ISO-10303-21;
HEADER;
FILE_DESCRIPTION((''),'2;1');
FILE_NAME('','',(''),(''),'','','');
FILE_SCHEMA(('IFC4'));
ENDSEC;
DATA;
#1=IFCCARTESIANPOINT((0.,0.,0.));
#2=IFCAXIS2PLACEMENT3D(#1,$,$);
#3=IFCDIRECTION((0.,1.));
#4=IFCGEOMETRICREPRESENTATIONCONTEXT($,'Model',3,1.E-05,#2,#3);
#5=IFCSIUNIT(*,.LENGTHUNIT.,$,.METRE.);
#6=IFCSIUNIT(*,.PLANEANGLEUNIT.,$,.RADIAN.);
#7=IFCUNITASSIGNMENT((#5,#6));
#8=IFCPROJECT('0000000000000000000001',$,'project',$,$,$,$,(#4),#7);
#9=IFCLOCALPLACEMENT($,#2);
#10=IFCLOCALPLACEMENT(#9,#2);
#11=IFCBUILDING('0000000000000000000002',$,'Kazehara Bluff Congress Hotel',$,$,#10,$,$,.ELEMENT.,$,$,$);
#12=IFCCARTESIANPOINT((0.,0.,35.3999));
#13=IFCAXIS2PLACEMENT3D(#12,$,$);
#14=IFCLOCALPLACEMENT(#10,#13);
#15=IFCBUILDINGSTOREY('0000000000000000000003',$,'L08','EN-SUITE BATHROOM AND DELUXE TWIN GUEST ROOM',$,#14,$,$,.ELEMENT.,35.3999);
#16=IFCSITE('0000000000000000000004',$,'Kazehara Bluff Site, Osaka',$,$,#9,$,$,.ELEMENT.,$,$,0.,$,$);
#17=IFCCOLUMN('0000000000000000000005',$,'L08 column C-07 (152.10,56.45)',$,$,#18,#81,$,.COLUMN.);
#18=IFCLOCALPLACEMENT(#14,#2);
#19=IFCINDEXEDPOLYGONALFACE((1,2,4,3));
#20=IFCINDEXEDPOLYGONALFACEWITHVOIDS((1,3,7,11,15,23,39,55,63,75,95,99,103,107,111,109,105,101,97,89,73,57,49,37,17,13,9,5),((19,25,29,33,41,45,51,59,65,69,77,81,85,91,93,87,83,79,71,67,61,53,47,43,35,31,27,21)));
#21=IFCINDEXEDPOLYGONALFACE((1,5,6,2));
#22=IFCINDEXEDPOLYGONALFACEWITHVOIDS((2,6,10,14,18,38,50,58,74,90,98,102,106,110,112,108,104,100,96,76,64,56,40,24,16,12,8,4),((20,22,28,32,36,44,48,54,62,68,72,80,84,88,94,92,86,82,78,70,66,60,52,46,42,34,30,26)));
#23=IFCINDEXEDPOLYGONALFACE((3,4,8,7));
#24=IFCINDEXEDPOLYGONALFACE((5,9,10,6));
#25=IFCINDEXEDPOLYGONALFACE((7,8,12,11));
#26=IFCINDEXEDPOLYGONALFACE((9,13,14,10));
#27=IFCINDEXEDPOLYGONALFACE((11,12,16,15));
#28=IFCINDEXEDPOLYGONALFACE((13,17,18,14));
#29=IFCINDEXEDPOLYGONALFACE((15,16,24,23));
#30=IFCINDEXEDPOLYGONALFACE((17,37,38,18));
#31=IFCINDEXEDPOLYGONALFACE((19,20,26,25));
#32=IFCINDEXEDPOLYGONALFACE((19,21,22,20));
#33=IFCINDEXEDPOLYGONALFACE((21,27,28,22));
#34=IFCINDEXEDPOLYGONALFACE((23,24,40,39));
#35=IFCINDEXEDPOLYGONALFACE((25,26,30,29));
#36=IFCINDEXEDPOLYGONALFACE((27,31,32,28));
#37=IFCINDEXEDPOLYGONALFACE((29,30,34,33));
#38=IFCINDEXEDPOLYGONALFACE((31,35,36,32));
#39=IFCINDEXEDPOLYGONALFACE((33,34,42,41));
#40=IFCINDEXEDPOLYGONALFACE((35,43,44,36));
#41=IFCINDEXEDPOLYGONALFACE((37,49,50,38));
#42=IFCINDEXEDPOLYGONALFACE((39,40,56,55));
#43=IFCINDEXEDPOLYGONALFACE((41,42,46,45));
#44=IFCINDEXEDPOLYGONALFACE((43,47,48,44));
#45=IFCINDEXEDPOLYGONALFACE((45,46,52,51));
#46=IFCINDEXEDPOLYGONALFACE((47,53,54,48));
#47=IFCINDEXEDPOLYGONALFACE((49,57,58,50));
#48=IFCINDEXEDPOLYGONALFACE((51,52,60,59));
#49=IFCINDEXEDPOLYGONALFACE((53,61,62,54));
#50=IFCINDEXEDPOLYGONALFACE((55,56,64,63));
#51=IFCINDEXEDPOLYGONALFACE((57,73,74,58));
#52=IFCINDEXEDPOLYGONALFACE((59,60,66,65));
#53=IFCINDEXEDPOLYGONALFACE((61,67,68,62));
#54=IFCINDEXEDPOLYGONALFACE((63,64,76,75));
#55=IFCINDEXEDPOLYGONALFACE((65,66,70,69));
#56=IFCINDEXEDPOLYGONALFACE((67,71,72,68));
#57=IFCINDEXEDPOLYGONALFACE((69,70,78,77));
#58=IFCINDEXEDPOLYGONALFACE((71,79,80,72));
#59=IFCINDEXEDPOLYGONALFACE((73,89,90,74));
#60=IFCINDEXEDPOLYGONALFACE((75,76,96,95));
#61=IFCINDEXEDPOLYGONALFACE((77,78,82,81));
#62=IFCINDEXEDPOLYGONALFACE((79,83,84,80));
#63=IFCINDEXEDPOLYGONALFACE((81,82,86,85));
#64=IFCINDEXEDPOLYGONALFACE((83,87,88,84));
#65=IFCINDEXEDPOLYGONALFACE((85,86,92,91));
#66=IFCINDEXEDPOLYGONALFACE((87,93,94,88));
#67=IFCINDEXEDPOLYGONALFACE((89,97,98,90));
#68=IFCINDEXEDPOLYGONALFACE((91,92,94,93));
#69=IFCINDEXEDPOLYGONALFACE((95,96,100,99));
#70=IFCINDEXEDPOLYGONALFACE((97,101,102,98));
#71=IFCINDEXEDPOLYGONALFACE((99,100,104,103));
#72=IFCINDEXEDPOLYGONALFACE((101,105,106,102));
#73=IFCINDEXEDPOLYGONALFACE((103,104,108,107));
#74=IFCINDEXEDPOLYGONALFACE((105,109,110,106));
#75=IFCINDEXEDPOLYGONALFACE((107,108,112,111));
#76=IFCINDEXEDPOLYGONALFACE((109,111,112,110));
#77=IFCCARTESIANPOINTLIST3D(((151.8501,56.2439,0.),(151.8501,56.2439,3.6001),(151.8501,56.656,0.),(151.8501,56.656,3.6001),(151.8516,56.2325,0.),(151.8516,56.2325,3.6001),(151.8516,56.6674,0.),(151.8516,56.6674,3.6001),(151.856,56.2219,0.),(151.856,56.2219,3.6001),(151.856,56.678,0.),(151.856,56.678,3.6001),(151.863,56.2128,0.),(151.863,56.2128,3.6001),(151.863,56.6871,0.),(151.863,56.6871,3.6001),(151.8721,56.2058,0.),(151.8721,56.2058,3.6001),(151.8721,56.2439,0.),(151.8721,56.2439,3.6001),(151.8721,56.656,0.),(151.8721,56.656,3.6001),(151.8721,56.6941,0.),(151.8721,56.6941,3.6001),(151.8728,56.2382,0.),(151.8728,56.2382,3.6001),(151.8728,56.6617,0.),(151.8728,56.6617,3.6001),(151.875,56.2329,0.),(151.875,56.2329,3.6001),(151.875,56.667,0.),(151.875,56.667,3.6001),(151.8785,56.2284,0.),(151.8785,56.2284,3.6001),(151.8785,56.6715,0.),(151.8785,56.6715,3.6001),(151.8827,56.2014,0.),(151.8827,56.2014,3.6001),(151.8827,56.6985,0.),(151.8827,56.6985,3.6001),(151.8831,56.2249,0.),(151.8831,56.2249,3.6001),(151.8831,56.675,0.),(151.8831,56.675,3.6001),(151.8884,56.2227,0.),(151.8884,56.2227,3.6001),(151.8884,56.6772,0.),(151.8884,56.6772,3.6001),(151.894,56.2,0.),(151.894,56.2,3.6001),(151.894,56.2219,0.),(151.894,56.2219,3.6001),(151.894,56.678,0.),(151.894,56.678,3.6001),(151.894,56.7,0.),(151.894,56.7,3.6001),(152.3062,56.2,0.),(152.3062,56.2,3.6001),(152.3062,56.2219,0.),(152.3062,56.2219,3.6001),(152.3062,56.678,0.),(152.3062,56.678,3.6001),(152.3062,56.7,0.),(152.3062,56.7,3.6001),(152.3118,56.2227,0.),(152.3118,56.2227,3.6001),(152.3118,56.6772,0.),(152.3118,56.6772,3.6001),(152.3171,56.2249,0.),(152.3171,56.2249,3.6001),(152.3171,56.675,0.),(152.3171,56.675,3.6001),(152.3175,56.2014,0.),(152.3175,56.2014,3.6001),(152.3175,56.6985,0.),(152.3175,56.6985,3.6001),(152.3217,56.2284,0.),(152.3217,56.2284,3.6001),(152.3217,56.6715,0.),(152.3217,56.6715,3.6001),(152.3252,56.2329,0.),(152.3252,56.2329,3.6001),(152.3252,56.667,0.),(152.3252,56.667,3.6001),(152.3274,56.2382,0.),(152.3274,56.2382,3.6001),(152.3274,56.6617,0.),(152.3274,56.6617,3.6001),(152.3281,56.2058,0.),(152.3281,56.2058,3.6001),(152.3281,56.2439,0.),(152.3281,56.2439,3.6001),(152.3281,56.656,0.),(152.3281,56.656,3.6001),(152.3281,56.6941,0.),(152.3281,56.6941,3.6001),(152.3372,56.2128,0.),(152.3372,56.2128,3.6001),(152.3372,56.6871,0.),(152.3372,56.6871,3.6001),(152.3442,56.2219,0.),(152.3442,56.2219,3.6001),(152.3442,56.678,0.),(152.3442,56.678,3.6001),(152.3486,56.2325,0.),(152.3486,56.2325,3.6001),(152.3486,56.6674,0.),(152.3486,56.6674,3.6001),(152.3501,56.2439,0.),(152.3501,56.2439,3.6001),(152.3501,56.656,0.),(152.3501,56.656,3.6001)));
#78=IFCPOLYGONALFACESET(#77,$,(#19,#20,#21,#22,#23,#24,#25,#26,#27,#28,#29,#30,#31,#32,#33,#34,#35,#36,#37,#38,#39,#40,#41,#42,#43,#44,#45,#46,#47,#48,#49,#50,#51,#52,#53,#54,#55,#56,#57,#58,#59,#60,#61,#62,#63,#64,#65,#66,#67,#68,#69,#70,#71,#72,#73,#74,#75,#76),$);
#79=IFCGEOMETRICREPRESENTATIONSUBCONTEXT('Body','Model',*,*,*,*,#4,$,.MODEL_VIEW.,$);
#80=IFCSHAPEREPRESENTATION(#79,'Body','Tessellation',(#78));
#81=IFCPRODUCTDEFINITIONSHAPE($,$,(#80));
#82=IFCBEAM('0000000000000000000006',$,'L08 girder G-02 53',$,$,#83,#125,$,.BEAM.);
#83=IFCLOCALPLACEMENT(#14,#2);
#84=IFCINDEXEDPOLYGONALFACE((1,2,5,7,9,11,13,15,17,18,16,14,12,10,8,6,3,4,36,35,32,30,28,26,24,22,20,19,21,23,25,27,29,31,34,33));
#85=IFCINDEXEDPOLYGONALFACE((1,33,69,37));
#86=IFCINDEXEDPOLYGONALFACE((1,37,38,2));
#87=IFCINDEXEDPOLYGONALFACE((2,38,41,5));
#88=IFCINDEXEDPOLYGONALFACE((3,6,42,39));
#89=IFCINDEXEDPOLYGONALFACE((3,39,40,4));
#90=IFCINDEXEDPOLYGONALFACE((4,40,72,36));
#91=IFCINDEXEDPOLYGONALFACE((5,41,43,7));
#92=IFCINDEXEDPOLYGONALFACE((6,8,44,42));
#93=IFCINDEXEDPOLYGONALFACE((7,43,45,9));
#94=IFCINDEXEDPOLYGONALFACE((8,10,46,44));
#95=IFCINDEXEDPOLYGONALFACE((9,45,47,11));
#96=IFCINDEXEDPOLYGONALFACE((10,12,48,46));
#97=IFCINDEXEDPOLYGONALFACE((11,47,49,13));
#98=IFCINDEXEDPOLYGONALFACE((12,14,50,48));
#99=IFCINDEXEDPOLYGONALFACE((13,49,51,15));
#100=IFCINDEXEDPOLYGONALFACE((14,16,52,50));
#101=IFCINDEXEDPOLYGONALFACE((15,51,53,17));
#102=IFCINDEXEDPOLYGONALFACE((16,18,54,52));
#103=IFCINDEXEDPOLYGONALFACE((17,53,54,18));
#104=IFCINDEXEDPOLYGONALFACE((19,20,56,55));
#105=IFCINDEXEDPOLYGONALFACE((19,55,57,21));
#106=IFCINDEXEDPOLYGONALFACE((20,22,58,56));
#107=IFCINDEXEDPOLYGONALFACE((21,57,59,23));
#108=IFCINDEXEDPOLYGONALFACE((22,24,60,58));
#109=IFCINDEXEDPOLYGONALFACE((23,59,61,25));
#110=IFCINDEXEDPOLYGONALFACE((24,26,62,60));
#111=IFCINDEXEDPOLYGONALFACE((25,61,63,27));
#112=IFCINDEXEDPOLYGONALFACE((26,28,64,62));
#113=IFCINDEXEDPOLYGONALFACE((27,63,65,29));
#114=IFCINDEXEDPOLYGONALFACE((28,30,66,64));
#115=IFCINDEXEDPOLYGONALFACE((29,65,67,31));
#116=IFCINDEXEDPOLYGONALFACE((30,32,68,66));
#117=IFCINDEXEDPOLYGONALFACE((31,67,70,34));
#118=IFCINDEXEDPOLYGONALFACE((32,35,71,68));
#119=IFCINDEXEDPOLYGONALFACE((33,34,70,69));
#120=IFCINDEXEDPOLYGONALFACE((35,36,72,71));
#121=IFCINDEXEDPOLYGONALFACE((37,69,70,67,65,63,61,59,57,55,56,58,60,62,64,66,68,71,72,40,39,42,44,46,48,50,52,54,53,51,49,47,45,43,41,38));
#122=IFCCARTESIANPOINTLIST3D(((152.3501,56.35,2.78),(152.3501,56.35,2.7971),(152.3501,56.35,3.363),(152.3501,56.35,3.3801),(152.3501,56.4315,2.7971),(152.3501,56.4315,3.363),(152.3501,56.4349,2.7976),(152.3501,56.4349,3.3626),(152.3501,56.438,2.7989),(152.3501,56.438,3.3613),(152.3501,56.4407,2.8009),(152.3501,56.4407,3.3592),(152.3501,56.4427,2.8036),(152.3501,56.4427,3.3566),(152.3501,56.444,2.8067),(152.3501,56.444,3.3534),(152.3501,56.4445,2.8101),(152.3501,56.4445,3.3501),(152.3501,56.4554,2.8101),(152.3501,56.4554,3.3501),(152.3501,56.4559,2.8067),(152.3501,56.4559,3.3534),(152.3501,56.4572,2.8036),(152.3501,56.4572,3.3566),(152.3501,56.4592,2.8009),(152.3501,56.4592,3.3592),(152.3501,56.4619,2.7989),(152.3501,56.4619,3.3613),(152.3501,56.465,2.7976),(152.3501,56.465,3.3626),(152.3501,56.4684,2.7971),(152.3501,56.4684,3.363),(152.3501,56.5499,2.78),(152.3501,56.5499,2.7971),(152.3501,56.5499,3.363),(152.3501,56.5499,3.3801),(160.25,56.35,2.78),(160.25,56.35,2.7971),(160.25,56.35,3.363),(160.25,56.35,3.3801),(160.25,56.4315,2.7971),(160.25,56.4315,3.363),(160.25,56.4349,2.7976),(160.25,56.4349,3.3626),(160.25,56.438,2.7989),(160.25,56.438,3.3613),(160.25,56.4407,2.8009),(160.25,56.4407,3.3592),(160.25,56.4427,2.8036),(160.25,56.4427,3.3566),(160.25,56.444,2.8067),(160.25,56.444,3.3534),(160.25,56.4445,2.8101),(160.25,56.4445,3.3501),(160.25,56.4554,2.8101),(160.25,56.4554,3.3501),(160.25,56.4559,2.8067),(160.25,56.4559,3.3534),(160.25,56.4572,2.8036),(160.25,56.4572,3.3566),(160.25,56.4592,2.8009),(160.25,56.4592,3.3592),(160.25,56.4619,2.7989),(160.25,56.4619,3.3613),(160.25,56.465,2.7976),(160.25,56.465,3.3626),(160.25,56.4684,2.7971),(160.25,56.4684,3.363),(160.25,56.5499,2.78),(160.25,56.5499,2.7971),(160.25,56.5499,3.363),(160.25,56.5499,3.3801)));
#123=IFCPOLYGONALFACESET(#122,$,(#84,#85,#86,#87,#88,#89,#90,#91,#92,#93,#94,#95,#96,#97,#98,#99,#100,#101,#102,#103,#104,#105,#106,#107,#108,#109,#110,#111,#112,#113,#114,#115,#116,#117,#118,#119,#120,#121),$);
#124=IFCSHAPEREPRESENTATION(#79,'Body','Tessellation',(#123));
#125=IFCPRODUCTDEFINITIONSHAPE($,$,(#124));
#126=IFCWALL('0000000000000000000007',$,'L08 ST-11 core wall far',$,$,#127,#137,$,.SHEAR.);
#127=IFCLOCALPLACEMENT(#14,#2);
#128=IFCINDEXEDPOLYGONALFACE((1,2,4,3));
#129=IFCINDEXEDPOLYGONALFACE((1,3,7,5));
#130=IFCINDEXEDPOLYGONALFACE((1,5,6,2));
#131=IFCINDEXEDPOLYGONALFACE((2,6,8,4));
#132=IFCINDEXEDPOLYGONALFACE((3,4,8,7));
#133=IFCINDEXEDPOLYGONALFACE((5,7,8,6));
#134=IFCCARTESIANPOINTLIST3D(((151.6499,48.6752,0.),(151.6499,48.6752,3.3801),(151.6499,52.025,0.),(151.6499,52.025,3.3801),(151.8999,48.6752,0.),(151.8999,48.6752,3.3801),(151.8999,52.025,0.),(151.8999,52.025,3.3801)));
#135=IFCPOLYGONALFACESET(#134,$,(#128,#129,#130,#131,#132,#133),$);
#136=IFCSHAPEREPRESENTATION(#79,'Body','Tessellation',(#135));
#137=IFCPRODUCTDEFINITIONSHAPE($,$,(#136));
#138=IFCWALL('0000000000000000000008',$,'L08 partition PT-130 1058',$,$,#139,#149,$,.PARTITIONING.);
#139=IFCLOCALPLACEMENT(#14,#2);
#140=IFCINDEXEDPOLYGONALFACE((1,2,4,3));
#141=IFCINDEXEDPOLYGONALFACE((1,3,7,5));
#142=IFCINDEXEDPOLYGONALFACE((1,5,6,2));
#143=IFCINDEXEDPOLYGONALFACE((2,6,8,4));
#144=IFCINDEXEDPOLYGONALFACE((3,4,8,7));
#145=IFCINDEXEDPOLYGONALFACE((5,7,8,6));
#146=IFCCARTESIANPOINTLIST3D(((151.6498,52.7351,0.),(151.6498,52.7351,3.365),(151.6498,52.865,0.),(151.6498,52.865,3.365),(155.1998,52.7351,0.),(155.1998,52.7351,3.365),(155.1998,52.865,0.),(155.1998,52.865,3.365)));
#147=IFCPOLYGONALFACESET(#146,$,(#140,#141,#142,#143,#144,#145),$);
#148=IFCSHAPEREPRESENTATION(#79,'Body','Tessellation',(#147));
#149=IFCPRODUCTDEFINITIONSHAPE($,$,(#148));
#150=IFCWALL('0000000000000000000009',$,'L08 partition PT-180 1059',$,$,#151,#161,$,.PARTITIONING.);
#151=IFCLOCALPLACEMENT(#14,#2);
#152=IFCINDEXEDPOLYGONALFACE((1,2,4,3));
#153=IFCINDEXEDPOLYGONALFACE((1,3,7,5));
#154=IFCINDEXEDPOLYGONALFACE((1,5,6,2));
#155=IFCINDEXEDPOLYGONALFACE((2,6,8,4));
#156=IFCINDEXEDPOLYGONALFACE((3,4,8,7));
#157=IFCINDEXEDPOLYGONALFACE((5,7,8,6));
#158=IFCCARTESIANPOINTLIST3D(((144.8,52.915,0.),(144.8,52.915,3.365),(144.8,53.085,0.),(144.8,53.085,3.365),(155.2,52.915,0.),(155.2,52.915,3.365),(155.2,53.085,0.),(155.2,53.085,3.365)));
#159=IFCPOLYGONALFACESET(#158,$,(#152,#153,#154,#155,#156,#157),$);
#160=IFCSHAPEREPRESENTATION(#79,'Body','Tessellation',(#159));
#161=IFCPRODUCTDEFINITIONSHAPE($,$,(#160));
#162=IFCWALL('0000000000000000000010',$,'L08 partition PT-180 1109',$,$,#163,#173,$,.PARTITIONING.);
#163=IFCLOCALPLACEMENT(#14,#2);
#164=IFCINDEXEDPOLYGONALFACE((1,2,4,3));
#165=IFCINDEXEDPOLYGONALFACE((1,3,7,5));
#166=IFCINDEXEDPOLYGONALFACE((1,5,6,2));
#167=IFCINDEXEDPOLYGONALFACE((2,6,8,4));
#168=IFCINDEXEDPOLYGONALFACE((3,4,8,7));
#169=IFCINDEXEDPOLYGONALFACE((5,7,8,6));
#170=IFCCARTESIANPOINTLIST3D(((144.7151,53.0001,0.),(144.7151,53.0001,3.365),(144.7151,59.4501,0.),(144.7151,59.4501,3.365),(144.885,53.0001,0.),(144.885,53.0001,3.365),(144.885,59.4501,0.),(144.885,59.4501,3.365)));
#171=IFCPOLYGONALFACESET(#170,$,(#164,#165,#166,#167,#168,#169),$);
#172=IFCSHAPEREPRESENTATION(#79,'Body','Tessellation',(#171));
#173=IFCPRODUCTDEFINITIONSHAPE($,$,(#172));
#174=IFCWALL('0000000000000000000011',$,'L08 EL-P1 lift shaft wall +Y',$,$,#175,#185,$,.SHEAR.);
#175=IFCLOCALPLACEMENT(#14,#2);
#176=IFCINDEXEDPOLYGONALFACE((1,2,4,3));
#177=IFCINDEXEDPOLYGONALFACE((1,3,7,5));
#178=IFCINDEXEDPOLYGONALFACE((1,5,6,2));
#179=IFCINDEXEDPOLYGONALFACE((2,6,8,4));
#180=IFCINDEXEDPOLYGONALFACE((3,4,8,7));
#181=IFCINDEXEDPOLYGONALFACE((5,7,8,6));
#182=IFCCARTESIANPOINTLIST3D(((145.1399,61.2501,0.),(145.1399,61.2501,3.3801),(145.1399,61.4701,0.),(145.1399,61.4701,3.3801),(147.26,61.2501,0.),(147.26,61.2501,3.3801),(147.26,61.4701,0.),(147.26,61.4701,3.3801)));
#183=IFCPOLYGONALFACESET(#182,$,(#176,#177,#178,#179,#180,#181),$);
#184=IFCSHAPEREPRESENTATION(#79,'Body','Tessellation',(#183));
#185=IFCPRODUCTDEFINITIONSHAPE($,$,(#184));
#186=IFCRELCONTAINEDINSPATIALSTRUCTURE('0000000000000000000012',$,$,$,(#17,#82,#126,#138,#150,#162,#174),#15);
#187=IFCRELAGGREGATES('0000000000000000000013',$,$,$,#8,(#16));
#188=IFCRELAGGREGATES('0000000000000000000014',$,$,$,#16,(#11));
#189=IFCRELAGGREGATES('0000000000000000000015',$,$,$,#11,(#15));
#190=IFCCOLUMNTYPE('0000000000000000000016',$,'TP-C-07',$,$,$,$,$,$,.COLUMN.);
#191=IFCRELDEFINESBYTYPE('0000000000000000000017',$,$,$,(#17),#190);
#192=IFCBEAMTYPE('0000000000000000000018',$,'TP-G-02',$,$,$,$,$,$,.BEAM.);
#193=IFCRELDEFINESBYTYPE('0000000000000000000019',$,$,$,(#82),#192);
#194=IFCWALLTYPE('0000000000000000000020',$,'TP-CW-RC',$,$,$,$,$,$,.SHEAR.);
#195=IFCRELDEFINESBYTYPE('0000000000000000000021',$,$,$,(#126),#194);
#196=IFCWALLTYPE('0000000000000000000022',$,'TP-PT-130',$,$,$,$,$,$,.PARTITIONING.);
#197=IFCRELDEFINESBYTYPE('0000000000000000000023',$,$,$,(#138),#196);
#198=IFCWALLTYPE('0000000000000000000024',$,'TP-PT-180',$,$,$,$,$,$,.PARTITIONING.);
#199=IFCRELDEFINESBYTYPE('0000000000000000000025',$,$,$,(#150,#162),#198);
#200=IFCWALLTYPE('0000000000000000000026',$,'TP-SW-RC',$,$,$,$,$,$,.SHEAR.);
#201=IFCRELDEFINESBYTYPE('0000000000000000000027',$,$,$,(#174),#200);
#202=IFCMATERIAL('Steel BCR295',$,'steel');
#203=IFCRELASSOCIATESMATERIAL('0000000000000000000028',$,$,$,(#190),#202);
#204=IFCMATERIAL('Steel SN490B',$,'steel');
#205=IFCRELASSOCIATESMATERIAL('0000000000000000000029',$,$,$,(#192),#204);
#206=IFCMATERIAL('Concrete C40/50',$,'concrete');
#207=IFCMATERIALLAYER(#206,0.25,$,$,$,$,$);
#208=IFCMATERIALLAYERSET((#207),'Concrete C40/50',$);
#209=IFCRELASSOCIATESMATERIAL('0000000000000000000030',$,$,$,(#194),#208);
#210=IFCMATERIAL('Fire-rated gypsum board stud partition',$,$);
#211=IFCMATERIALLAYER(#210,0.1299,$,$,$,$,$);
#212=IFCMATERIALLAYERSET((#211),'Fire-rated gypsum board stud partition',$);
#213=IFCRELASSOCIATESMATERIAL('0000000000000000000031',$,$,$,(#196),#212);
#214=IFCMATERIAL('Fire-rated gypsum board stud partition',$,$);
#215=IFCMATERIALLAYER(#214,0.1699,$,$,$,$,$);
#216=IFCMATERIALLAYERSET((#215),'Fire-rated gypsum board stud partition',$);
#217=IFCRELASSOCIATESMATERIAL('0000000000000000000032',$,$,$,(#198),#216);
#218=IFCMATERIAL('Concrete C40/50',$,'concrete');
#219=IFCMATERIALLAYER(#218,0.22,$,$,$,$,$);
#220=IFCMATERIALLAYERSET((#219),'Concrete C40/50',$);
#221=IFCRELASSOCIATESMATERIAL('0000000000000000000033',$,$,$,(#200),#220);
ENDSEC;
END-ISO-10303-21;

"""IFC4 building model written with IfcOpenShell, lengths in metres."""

from ifc_helpers import new_model, si_unit, direction, frame, frame_2d, origin, origin_2d, place, context, subcontext, project, spatial, rectangle, hollow_rectangle, i_section, extrude, material, layer, layer_set, material_profile, profile_set, type_object, element, save


model = new_model("IFC4")

# Units and contexts
model_context = context("Model", 3, precision=1e-05, world=origin(), true_north=direction((0.0, 1.0)))
body_context = subcontext(model_context, "Body", "Model", "MODEL_VIEW")
ifc_project = project(units=[si_unit("LENGTHUNIT", "METRE"), si_unit("PLANEANGLEUNIT", "RADIAN")], contexts=[model_context])

# Site, building, storey
site_placement = place(None, origin())
site = spatial("IfcSite", under=ifc_project, at=site_placement, Name="Kazehara Bluff Site, Osaka", CompositionType="ELEMENT", RefElevation=0.0)
building_placement = place(site_placement, origin())
building = spatial("IfcBuilding", under=site, at=building_placement, Name="Kazehara Bluff Congress Hotel", CompositionType="ELEMENT")
storey_placement = place(building_placement, frame((0.0, 0.0, 35.3999)))
storey = spatial("IfcBuildingStorey", under=building, at=storey_placement, Name="L08", Description="EN-SUITE BATHROOM AND DELUXE TWIN GUEST ROOM", CompositionType="ELEMENT", Elevation=35.3999)

# Column
ifc_material_1 = material(Name="Steel BCR295", Category="steel")
ifc_material_profile_1 = material_profile(ifc_material_1, hollow_rectangle(XDim=0.5, YDim=0.5, WallThickness=0.022, InnerFilletRadius=0.022, OuterFilletRadius=0.0439, at=origin_2d()))
ifc_profile_set_1 = profile_set([ifc_material_profile_1], Name="Steel BCR295")
column_type = type_object("IfcColumnType", Name="TP-C-07", PredefinedType="COLUMN", material=ifc_profile_set_1)
column_placement = place(storey_placement, frame((152.1001, 56.45, 0.0), z_axis=(0.0, 0.0, 1.0), x_axis=(1.0, 0.0, 0.0)))
element("IfcColumn", 1, at=column_placement, inside=storey, type_object=column_type, Name="L08 column C-07 (152.10,56.45)", PredefinedType="COLUMN", context=body_context, shape_type="SweptSolid", body=[
    extrude(hollow_rectangle(XDim=0.5, YDim=0.5, WallThickness=0.022, InnerFilletRadius=0.022, OuterFilletRadius=0.0439, at=origin_2d()), origin(), (0.0, 0.0, 1.0), 3.6001),
])

# Beam
ifc_material_2 = material(Name="Steel SN490B", Category="steel")
ifc_material_profile_2 = material_profile(ifc_material_2, i_section(OverallWidth=0.2, OverallDepth=0.6001, WebThickness=0.011, FlangeThickness=0.0171, FilletRadius=0.0129, at=origin_2d()))
ifc_profile_set_2 = profile_set([ifc_material_profile_2], Name="Steel SN490B")
beam_type = type_object("IfcBeamType", Name="TP-G-02", PredefinedType="BEAM", material=ifc_profile_set_2)
beam_placement = place(storey_placement, frame((152.3501, 56.45, 3.0801), z_axis=(1.0, 0.0, 0.0), x_axis=(0.0, 1.0, 0.0)))
element("IfcBeam", 2, at=beam_placement, inside=storey, type_object=beam_type, Name="L08 girder G-02 53", PredefinedType="BEAM", context=body_context, shape_type="SweptSolid", body=[
    extrude(i_section(OverallWidth=0.2, OverallDepth=0.6001, WebThickness=0.011, FlangeThickness=0.0171, FilletRadius=0.0129, at=origin_2d()), origin(), (0.0, 0.0, 1.0), 7.8999),
])

# Walls
ifc_material_3 = material(Name="Concrete C40/50", Category="concrete")
ifc_layer_1 = layer(ifc_material_3, 0.25)
ifc_layer_set_1 = layer_set([ifc_layer_1], Name="Concrete C40/50")
wall_type_1 = type_object("IfcWallType", Name="TP-CW-RC", PredefinedType="SHEAR", material=ifc_layer_set_1)
wall_1_placement = place(storey_placement, frame((151.7749, 52.0249, 0.0), z_axis=(0.0, 0.0, 1.0), x_axis=(0.0, -1.0, 0.0)))
element("IfcWall", 3, at=wall_1_placement, inside=storey, type_object=wall_type_1, Name="L08 ST-11 core wall far", PredefinedType="SHEAR", context=body_context, shape_type="SweptSolid", body=[
    extrude(rectangle(XDim=3.3499, YDim=0.25, at=frame_2d((1.6748, 0.0))), origin(), (0.0, 0.0, 1.0), 3.3801),
])
ifc_material_4 = material(Name="Fire-rated gypsum board stud partition")
ifc_layer_2 = layer(ifc_material_4, 0.1299)
ifc_layer_set_2 = layer_set([ifc_layer_2], Name="Fire-rated gypsum board stud partition")
wall_type_2 = type_object("IfcWallType", Name="TP-PT-130", PredefinedType="PARTITIONING", material=ifc_layer_set_2)
wall_2_placement = place(storey_placement, frame((151.6499, 52.8, 0.0), z_axis=(0.0, 0.0, 1.0), x_axis=(1.0, 0.0, 0.0)))
element("IfcWall", 4, at=wall_2_placement, inside=storey, type_object=wall_type_2, Name="L08 partition PT-130 1058", PredefinedType="PARTITIONING", context=body_context, shape_type="SweptSolid", body=[
    extrude(rectangle(XDim=3.55, YDim=0.1299, at=frame_2d((1.7749, 0.0))), origin(), (0.0, 0.0, 1.0), 3.365),
])
ifc_material_5 = material(Name="Fire-rated gypsum board stud partition")
ifc_layer_3 = layer(ifc_material_5, 0.1699)
ifc_layer_set_3 = layer_set([ifc_layer_3], Name="Fire-rated gypsum board stud partition")
wall_type_3 = type_object("IfcWallType", Name="TP-PT-180", PredefinedType="PARTITIONING", material=ifc_layer_set_3)
wall_3_placement = place(storey_placement, frame((144.8, 53.0, 0.0), z_axis=(0.0, 0.0, 1.0), x_axis=(1.0, 0.0, 0.0)))
element("IfcWall", 5, at=wall_3_placement, inside=storey, type_object=wall_type_3, Name="L08 partition PT-180 1059", PredefinedType="PARTITIONING", context=body_context, shape_type="SweptSolid", body=[
    extrude(rectangle(XDim=10.3999, YDim=0.1699, at=frame_2d((5.2, 0.0))), origin(), (0.0, 0.0, 1.0), 3.365),
])
wall_4_placement = place(storey_placement, frame((144.8, 53.0, 0.0), z_axis=(0.0, 0.0, 1.0), x_axis=(0.0, 1.0, 0.0)))
element("IfcWall", 6, at=wall_4_placement, inside=storey, type_object=wall_type_3, Name="L08 partition PT-180 1109", PredefinedType="PARTITIONING", context=body_context, shape_type="SweptSolid", body=[
    extrude(rectangle(XDim=6.45, YDim=0.1699, at=frame_2d((3.2251, 0.0))), origin(), (0.0, 0.0, 1.0), 3.365),
])
ifc_material_6 = material(Name="Concrete C40/50", Category="concrete")
ifc_layer_4 = layer(ifc_material_6, 0.22)
ifc_layer_set_4 = layer_set([ifc_layer_4], Name="Concrete C40/50")
wall_type_4 = type_object("IfcWallType", Name="TP-SW-RC", PredefinedType="SHEAR", material=ifc_layer_set_4)
wall_5_placement = place(storey_placement, frame((145.1399, 61.3601, 0.0), z_axis=(0.0, 0.0, 1.0), x_axis=(1.0, 0.0, 0.0)))
element("IfcWall", 7, at=wall_5_placement, inside=storey, type_object=wall_type_4, Name="L08 EL-P1 lift shaft wall +Y", PredefinedType="SHEAR", context=body_context, shape_type="SweptSolid", body=[
    extrude(rectangle(XDim=2.1201, YDim=0.22, at=frame_2d((1.0601, 0.0))), origin(), (0.0, 0.0, 1.0), 3.3801),
])

save(model, "model.ifc")
